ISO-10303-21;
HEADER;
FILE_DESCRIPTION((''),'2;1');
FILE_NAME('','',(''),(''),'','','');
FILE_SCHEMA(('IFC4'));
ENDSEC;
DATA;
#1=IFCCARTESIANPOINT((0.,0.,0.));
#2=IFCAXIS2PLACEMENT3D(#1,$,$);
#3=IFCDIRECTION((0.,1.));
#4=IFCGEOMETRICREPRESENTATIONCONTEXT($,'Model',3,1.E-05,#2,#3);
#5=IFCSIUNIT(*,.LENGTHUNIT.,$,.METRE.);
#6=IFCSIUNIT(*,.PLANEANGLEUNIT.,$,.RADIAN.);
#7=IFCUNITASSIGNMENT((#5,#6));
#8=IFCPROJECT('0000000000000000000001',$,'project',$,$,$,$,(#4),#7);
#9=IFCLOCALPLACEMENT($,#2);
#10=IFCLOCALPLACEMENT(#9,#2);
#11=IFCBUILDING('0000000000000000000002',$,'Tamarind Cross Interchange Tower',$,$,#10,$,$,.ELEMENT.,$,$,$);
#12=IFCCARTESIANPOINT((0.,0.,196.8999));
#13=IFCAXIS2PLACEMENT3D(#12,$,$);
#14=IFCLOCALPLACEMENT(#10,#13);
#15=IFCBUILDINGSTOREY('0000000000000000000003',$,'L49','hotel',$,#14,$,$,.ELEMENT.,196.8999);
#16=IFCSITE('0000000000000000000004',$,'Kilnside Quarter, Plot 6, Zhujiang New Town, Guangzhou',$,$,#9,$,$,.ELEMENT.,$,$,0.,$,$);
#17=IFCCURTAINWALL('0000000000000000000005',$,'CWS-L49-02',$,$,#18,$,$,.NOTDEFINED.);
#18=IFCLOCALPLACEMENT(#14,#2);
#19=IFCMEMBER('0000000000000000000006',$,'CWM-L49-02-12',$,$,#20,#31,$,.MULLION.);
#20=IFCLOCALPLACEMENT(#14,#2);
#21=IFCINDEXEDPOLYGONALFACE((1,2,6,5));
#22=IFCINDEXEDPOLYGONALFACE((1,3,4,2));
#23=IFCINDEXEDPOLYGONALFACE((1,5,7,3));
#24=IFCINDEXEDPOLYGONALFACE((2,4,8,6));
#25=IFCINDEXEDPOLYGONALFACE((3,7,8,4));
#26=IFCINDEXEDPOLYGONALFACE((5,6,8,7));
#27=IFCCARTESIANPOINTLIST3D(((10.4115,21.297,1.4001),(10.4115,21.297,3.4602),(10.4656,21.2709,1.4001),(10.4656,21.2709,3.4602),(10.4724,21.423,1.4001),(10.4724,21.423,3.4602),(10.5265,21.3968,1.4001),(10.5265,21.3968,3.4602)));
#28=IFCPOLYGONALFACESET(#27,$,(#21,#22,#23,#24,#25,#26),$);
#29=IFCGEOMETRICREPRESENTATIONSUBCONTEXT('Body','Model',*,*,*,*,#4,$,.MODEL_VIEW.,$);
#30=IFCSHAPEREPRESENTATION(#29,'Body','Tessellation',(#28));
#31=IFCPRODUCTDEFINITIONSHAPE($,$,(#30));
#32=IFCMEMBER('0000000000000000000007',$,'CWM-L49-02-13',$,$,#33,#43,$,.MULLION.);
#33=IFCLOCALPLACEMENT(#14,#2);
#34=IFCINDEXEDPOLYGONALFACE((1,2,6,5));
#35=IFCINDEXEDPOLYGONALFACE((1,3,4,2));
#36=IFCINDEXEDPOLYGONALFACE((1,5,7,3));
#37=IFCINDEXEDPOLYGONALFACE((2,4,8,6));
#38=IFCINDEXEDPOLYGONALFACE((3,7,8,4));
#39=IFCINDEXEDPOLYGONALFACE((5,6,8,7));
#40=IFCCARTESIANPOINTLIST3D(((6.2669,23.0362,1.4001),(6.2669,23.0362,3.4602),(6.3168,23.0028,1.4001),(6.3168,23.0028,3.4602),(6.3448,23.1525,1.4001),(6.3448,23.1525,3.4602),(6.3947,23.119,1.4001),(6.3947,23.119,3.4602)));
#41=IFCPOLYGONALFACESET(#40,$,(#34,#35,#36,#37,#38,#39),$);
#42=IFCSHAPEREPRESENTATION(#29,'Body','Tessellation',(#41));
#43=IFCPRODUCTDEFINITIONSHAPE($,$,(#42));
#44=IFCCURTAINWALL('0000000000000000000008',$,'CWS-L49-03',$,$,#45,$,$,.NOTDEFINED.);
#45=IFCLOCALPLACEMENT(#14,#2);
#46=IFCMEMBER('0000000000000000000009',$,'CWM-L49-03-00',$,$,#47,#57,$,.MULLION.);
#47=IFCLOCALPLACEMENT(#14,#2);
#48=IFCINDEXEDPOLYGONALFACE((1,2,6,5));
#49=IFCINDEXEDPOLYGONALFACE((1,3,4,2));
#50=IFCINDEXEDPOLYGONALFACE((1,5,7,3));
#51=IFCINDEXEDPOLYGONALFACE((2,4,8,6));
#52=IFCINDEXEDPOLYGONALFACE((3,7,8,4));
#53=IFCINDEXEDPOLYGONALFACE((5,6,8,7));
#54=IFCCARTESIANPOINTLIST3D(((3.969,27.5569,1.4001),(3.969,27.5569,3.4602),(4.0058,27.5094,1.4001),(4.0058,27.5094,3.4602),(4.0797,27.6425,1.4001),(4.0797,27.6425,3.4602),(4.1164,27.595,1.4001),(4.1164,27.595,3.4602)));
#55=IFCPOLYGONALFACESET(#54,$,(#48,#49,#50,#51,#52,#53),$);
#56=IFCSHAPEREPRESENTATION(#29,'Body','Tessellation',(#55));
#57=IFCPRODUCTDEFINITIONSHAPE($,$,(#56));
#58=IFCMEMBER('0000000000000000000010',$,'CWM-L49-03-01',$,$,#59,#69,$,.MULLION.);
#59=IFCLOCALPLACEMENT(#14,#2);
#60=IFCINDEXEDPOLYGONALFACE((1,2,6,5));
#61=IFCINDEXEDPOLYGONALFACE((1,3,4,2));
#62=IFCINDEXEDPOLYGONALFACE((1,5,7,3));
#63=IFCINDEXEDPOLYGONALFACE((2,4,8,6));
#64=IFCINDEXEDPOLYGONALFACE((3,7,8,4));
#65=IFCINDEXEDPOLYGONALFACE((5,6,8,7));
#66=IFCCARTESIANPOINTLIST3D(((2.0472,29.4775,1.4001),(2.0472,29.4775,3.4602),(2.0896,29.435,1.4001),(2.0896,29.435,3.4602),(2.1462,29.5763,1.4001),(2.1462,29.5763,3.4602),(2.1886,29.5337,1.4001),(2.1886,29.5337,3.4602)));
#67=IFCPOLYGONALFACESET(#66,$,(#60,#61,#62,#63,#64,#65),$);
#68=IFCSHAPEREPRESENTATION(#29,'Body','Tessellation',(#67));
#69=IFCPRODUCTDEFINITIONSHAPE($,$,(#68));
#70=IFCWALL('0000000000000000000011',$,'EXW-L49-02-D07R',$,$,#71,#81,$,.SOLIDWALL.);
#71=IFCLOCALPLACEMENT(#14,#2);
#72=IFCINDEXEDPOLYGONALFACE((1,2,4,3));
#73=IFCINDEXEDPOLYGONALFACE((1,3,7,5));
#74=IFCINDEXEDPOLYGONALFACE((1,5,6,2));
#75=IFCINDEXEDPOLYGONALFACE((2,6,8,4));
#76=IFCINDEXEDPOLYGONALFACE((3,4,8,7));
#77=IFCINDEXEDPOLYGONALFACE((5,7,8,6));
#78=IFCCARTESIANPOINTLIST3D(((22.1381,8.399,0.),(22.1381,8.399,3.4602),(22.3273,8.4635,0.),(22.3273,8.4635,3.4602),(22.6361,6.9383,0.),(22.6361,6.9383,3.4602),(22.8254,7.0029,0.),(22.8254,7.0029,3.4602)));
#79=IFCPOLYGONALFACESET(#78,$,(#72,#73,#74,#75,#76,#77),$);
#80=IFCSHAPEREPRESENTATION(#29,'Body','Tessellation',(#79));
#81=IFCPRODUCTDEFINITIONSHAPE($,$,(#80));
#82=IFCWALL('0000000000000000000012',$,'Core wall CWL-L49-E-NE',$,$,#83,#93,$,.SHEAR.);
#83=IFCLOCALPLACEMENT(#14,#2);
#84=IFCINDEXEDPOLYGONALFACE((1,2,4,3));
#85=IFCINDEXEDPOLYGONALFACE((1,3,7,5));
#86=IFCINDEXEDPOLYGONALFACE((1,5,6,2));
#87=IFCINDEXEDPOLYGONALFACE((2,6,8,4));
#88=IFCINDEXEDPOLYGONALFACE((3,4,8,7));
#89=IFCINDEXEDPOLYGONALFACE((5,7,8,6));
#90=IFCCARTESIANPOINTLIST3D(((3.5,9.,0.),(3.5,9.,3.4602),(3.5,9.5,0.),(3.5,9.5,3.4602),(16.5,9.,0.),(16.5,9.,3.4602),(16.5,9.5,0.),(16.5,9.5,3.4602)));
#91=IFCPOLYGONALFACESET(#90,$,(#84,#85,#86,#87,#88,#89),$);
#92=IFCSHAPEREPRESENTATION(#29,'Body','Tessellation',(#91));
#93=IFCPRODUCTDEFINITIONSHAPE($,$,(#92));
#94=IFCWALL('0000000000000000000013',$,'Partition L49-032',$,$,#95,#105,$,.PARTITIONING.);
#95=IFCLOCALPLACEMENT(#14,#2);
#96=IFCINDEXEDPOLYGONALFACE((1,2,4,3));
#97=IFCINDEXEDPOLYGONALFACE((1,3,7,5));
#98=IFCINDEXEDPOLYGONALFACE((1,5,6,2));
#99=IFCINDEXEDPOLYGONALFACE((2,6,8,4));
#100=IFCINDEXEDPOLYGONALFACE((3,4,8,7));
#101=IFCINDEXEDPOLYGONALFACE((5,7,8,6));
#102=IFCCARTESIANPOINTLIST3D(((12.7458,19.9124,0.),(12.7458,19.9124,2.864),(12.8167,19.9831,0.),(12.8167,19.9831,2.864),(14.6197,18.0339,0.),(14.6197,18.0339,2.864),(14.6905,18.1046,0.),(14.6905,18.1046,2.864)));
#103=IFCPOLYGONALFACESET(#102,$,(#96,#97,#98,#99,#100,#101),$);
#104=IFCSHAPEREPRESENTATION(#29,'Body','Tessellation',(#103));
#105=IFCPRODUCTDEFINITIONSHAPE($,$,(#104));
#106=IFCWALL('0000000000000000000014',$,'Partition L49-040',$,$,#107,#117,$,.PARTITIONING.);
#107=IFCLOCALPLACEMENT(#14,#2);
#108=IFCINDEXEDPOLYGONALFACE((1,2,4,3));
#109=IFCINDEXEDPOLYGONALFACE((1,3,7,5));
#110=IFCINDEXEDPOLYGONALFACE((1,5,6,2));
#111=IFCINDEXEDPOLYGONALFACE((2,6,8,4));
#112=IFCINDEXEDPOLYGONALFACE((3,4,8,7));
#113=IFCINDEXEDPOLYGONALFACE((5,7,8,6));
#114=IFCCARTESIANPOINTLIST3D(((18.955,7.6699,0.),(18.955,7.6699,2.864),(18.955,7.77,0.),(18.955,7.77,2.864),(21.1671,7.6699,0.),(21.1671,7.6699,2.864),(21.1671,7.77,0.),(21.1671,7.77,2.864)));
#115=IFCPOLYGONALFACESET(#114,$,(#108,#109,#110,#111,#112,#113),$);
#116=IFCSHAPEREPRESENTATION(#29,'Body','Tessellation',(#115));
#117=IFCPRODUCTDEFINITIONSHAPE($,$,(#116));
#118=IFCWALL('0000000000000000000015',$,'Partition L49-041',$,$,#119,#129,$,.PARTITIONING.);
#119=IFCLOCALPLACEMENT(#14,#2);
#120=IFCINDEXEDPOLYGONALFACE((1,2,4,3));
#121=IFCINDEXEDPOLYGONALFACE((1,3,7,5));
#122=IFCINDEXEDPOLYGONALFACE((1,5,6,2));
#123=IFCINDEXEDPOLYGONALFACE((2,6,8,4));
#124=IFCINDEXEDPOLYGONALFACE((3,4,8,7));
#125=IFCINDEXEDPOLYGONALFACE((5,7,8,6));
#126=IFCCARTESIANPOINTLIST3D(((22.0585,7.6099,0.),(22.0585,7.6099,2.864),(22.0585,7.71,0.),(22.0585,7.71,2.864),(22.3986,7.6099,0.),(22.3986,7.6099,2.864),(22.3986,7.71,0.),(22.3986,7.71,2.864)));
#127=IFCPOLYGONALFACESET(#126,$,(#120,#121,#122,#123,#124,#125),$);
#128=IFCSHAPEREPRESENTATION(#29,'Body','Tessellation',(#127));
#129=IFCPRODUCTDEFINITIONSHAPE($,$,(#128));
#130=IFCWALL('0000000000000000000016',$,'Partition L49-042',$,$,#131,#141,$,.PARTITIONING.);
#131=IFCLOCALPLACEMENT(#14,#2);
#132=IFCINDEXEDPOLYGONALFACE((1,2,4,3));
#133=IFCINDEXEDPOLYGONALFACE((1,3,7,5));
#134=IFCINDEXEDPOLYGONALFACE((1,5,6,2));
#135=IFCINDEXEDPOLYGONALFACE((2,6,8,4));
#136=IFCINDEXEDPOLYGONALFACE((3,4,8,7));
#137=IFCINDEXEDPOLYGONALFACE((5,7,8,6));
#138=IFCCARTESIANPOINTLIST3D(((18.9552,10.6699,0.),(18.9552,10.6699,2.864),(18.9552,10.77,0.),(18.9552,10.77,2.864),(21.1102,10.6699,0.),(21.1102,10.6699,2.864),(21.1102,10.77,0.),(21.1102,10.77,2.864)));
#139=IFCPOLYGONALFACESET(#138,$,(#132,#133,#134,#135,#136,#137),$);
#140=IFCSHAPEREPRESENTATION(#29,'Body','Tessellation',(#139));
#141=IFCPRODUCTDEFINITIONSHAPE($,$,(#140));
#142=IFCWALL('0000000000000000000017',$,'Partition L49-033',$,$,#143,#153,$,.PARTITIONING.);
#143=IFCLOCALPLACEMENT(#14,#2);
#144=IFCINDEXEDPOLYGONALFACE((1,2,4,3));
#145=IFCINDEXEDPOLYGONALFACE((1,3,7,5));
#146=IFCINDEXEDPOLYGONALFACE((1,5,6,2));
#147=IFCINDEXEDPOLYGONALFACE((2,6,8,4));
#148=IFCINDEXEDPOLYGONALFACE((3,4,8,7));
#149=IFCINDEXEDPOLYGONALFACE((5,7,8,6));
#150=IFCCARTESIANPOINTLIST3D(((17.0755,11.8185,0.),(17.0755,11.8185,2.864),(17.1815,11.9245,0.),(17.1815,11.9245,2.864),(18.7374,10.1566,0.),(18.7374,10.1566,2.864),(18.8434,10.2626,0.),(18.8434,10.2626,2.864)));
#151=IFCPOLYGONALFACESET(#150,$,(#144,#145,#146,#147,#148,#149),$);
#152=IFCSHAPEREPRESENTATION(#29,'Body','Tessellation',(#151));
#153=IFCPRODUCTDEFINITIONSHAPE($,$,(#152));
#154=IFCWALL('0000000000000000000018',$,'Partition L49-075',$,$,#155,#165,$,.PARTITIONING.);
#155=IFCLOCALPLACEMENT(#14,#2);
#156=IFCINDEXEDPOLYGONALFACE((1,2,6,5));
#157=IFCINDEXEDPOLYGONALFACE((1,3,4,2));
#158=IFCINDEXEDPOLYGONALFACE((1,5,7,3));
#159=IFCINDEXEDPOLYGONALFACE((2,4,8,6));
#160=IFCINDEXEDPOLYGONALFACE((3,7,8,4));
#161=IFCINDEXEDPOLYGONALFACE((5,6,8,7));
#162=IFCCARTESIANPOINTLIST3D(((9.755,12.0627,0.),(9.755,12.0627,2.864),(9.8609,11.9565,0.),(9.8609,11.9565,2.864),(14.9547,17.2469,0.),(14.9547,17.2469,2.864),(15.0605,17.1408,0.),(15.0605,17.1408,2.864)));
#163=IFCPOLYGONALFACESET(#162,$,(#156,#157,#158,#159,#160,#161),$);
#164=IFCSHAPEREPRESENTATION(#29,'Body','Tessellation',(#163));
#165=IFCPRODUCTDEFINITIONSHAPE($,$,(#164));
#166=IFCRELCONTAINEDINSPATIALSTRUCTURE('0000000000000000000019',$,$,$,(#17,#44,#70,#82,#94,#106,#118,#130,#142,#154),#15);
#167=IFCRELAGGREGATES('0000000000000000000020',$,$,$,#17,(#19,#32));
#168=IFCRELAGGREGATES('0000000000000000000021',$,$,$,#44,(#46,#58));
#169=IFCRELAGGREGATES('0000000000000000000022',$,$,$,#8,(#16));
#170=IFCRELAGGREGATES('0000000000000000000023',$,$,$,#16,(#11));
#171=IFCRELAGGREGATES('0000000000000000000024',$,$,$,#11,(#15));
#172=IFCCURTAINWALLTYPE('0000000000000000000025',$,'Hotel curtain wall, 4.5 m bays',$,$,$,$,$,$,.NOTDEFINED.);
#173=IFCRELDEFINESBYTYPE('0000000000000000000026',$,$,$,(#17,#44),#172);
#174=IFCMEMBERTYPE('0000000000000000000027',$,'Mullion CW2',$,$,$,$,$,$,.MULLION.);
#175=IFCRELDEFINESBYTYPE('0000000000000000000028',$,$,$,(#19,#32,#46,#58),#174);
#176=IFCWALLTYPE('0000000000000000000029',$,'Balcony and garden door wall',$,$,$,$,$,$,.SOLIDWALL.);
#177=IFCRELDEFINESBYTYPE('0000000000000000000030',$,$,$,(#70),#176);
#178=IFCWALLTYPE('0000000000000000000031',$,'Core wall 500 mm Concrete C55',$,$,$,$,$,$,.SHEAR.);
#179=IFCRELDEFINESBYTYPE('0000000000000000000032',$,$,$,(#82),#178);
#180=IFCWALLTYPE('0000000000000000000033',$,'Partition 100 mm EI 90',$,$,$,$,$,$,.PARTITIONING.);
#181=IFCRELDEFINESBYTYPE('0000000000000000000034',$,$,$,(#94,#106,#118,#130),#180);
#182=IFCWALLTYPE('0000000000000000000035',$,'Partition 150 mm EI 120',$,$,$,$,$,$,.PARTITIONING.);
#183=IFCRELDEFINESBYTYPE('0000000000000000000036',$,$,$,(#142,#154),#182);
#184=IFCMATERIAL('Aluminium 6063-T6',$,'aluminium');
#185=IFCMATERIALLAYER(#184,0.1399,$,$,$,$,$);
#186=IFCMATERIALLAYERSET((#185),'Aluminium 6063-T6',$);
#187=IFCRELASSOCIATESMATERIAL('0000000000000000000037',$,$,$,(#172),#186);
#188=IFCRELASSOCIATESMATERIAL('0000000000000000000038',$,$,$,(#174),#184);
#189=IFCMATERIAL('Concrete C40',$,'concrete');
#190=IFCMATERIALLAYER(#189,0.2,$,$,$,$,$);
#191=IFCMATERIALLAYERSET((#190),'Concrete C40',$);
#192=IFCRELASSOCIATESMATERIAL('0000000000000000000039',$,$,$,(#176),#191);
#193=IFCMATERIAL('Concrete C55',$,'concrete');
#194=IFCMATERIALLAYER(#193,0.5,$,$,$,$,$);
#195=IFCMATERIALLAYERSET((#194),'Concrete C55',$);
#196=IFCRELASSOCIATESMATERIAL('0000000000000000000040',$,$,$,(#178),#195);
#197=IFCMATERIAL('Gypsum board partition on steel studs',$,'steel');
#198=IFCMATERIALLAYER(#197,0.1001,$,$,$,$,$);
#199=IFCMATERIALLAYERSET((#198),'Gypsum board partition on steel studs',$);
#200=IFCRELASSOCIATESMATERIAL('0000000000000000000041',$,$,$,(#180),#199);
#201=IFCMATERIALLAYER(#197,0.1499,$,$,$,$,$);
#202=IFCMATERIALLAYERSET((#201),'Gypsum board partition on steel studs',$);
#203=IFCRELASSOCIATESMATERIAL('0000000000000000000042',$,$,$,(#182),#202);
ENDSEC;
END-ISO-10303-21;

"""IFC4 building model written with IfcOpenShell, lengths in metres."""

from ifc_helpers import new_model, si_unit, direction, frame, frame_2d, origin, origin_2d, place, context, subcontext, project, spatial, rectangle, extrude, material, layer, layer_set, material_profile, profile_set, type_object, element, aggregate, save


model = new_model("IFC4")

# Units and contexts
model_context = context("Model", 3, precision=1e-05, world=origin(), true_north=direction((0.0, 1.0)))
body_context = subcontext(model_context, "Body", "Model", "MODEL_VIEW")
ifc_project = project(units=[si_unit("LENGTHUNIT", "METRE"), si_unit("PLANEANGLEUNIT", "RADIAN")], contexts=[model_context])

# Site, building, storey
site_placement = place(None, origin())
site = spatial("IfcSite", under=ifc_project, at=site_placement, Name="Kilnside Quarter, Plot 6, Zhujiang New Town, Guangzhou", CompositionType="ELEMENT", RefElevation=0.0)
building_placement = place(site_placement, origin())
building = spatial("IfcBuilding", under=site, at=building_placement, Name="Tamarind Cross Interchange Tower", CompositionType="ELEMENT")
storey_placement = place(building_placement, frame((0.0, 0.0, 196.8999)))
storey = spatial("IfcBuildingStorey", under=building, at=storey_placement, Name="L49", Description="hotel", CompositionType="ELEMENT", Elevation=196.8999)

# Shared definitions
ifc_material_1 = material(Name="Concrete C55", Category="concrete")

# Curtain walls, members
ifc_material_2 = material(Name="Aluminium 6063-T6", Category="aluminium")
ifc_layer_1 = layer(ifc_material_2, 0.1399)
ifc_layer_set_1 = layer_set([ifc_layer_1], Name="Aluminium 6063-T6")
curtain_wall_type = type_object("IfcCurtainWallType", Name="Hotel curtain wall, 4.5 m bays", PredefinedType="NOTDEFINED", material=ifc_layer_set_1)
curtain_wall_1_placement = place(storey_placement, origin())
curtain_wall_1 = element("IfcCurtainWall", 1, at=curtain_wall_1_placement, inside=storey, type_object=curtain_wall_type, Name="CWS-L49-02", PredefinedType="NOTDEFINED")
ifc_material_profile_1 = material_profile(ifc_material_2, rectangle(XDim=0.0601, YDim=0.1399, at=origin_2d()), Name="Mullion CW2")
ifc_profile_set_1 = profile_set([ifc_material_profile_1], Name="Aluminium 6063-T6")
member_type = type_object("IfcMemberType", Name="Mullion CW2", PredefinedType="MULLION", material=ifc_profile_set_1)
member_1_placement = place(storey_placement, frame((10.469, 21.3469, 1.4001), z_axis=(0.0, 0.0, 1.0), x_axis=(-0.900273, 0.435326, 0.0)))
member_1 = element("IfcMember", 2, at=member_1_placement, type_object=member_type, Name="CWM-L49-02-12", PredefinedType="MULLION", context=body_context, shape_type="SweptSolid", body=[
    extrude(rectangle(XDim=0.0601, YDim=0.1399, at=origin_2d()), origin(), (0.0, 0.0, 1.0), 2.0601),
])
member_2_placement = place(storey_placement, frame((6.3308, 23.0776, 1.4001), z_axis=(0.0, 0.0, 1.0), x_axis=(-0.830712, 0.556702, 0.0)))
member_2 = element("IfcMember", 3, at=member_2_placement, type_object=member_type, Name="CWM-L49-02-13", PredefinedType="MULLION", context=body_context, shape_type="SweptSolid", body=[
    extrude(rectangle(XDim=0.0601, YDim=0.1399, at=origin_2d()), origin(), (0.0, 0.0, 1.0), 2.0601),
])
aggregate(curtain_wall_1, [member_1, member_2])
curtain_wall_2_placement = place(storey_placement, origin())
curtain_wall_2 = element("IfcCurtainWall", 4, at=curtain_wall_2_placement, inside=storey, type_object=curtain_wall_type, Name="CWS-L49-03", PredefinedType="NOTDEFINED")
member_3_placement = place(storey_placement, frame((4.0427, 27.5759, 1.4001), z_axis=(0.0, 0.0, 1.0), x_axis=(-0.611631, 0.791143, 0.0)))
member_3 = element("IfcMember", 5, at=member_3_placement, type_object=member_type, Name="CWM-L49-03-00", PredefinedType="MULLION", context=body_context, shape_type="SweptSolid", body=[
    extrude(rectangle(XDim=0.0601, YDim=0.1399, at=origin_2d()), origin(), (0.0, 0.0, 1.0), 2.0601),
])
member_4_placement = place(storey_placement, frame((2.1179, 29.5056, 1.4001), z_axis=(0.0, 0.0, 1.0), x_axis=(-0.706198, 0.708015, 0.0)))
member_4 = element("IfcMember", 6, at=member_4_placement, type_object=member_type, Name="CWM-L49-03-01", PredefinedType="MULLION", context=body_context, shape_type="SweptSolid", body=[
    extrude(rectangle(XDim=0.0601, YDim=0.1399, at=origin_2d()), origin(), (0.0, 0.0, 1.0), 2.0601),
])
aggregate(curtain_wall_2, [member_3, member_4])

# Walls
ifc_material_3 = material(Name="Concrete C40", Category="concrete")
ifc_layer_2 = layer(ifc_material_3, 0.2)
ifc_layer_set_2 = layer_set([ifc_layer_2], Name="Concrete C40")
wall_type_1 = type_object("IfcWallType", Name="Balcony and garden door wall", PredefinedType="SOLIDWALL", material=ifc_layer_set_2)
wall_1_placement = place(storey_placement, frame((22.7307, 6.9707, 0.0), z_axis=(0.0, 0.0, 1.0), x_axis=(-0.322722, 0.946494, 0.0)))
element("IfcWall", 7, at=wall_1_placement, inside=storey, type_object=wall_type_1, Name="EXW-L49-02-D07R", PredefinedType="SOLIDWALL", context=body_context, shape_type="SweptSolid", body=[
    extrude(rectangle(XDim=1.5432, YDim=0.2, at=frame_2d((0.7715, 0.0))), origin(), (0.0, 0.0, 1.0), 3.4602),
])
ifc_layer_3 = layer(ifc_material_1, 0.5)
ifc_layer_set_3 = layer_set([ifc_layer_3], Name="Concrete C55")
wall_type_2 = type_object("IfcWallType", Name="Core wall 500 mm Concrete C55", PredefinedType="SHEAR", material=ifc_layer_set_3)
wall_2_placement = place(storey_placement, frame((16.5, 9.25, 0.0), z_axis=(0.0, 0.0, 1.0), x_axis=(-1.0, 0.0, 0.0)))
element("IfcWall", 8, at=wall_2_placement, inside=storey, type_object=wall_type_2, Name="Core wall CWL-L49-E-NE", PredefinedType="SHEAR", context=body_context, shape_type="SweptSolid", body=[
    extrude(rectangle(XDim=13.0, YDim=0.5, at=frame_2d((6.5, 0.0))), origin(), (0.0, 0.0, 1.0), 3.4602),
])
ifc_material_4 = material(Name="Gypsum board partition on steel studs", Category="steel")
ifc_layer_4 = layer(ifc_material_4, 0.1001)
ifc_layer_set_4 = layer_set([ifc_layer_4], Name="Gypsum board partition on steel studs")
wall_type_3 = type_object("IfcWallType", Name="Partition 100 mm EI 90", PredefinedType="PARTITIONING", material=ifc_layer_set_4)
wall_3_placement = place(storey_placement, frame((12.7812, 19.9478, 0.0), z_axis=(0.0, 0.0, 1.0), x_axis=(0.706232, -0.70798, 0.0)))
element("IfcWall", 9, at=wall_3_placement, inside=storey, type_object=wall_type_3, Name="Partition L49-032", PredefinedType="PARTITIONING", context=body_context, shape_type="SweptSolid", body=[
    extrude(rectangle(XDim=2.6533, YDim=0.1001, at=frame_2d((1.3267, 0.0))), origin(), (0.0, 0.0, 1.0), 2.864),
])
wall_4_placement = place(storey_placement, frame((18.9551, 7.72, 0.0), z_axis=(0.0, 0.0, 1.0), x_axis=(1.0, 0.0, 0.0)))
element("IfcWall", 10, at=wall_4_placement, inside=storey, type_object=wall_type_3, Name="Partition L49-040", PredefinedType="PARTITIONING", context=body_context, shape_type="SweptSolid", body=[
    extrude(rectangle(XDim=2.2122, YDim=0.1001, at=frame_2d((1.106, 0.0))), origin(), (0.0, 0.0, 1.0), 2.864),
])
wall_5_placement = place(storey_placement, frame((22.0586, 7.6599, 0.0), z_axis=(0.0, 0.0, 1.0), x_axis=(1.0, 0.0, 0.0)))
element("IfcWall", 11, at=wall_5_placement, inside=storey, type_object=wall_type_3, Name="Partition L49-041", PredefinedType="PARTITIONING", context=body_context, shape_type="SweptSolid", body=[
    extrude(rectangle(XDim=0.3401, YDim=0.1001, at=frame_2d((0.1699, 0.0))), origin(), (0.0, 0.0, 1.0), 2.864),
])
wall_6_placement = place(storey_placement, frame((18.9551, 10.72, 0.0), z_axis=(0.0, 0.0, 1.0), x_axis=(1.0, 0.0, 0.0)))
element("IfcWall", 12, at=wall_6_placement, inside=storey, type_object=wall_type_3, Name="Partition L49-042", PredefinedType="PARTITIONING", context=body_context, shape_type="SweptSolid", body=[
    extrude(rectangle(XDim=2.155, YDim=0.1001, at=frame_2d((1.0776, 0.0))), origin(), (0.0, 0.0, 1.0), 2.864),
])
ifc_layer_5 = layer(ifc_material_4, 0.1499)
ifc_layer_set_5 = layer_set([ifc_layer_5], Name="Gypsum board partition on steel studs")
wall_type_4 = type_object("IfcWallType", Name="Partition 150 mm EI 120", PredefinedType="PARTITIONING", material=ifc_layer_set_5)
wall_7_placement = place(storey_placement, frame((17.1284, 11.8716, 0.0), z_axis=(0.0, 0.0, 1.0), x_axis=(0.707107, -0.707107, 0.0)))
element("IfcWall", 13, at=wall_7_placement, inside=storey, type_object=wall_type_4, Name="Partition L49-033", PredefinedType="PARTITIONING", context=body_context, shape_type="SweptSolid", body=[
    extrude(rectangle(XDim=2.3503, YDim=0.1499, at=frame_2d((1.1753, 0.0))), origin(), (0.0, 0.0, 1.0), 2.864),
])
wall_8_placement = place(storey_placement, frame((9.8079, 12.0095, 0.0), z_axis=(0.0, 0.0, 1.0), x_axis=(0.708153, 0.706059, 0.0)))
element("IfcWall", 14, at=wall_8_placement, inside=storey, type_object=wall_type_4, Name="Partition L49-075", PredefinedType="PARTITIONING", context=body_context, shape_type="SweptSolid", body=[
    extrude(rectangle(XDim=7.3425, YDim=0.1499, at=frame_2d((3.6714, 0.0))), origin(), (0.0, 0.0, 1.0), 2.864),
])

save(model, "model.ifc")
